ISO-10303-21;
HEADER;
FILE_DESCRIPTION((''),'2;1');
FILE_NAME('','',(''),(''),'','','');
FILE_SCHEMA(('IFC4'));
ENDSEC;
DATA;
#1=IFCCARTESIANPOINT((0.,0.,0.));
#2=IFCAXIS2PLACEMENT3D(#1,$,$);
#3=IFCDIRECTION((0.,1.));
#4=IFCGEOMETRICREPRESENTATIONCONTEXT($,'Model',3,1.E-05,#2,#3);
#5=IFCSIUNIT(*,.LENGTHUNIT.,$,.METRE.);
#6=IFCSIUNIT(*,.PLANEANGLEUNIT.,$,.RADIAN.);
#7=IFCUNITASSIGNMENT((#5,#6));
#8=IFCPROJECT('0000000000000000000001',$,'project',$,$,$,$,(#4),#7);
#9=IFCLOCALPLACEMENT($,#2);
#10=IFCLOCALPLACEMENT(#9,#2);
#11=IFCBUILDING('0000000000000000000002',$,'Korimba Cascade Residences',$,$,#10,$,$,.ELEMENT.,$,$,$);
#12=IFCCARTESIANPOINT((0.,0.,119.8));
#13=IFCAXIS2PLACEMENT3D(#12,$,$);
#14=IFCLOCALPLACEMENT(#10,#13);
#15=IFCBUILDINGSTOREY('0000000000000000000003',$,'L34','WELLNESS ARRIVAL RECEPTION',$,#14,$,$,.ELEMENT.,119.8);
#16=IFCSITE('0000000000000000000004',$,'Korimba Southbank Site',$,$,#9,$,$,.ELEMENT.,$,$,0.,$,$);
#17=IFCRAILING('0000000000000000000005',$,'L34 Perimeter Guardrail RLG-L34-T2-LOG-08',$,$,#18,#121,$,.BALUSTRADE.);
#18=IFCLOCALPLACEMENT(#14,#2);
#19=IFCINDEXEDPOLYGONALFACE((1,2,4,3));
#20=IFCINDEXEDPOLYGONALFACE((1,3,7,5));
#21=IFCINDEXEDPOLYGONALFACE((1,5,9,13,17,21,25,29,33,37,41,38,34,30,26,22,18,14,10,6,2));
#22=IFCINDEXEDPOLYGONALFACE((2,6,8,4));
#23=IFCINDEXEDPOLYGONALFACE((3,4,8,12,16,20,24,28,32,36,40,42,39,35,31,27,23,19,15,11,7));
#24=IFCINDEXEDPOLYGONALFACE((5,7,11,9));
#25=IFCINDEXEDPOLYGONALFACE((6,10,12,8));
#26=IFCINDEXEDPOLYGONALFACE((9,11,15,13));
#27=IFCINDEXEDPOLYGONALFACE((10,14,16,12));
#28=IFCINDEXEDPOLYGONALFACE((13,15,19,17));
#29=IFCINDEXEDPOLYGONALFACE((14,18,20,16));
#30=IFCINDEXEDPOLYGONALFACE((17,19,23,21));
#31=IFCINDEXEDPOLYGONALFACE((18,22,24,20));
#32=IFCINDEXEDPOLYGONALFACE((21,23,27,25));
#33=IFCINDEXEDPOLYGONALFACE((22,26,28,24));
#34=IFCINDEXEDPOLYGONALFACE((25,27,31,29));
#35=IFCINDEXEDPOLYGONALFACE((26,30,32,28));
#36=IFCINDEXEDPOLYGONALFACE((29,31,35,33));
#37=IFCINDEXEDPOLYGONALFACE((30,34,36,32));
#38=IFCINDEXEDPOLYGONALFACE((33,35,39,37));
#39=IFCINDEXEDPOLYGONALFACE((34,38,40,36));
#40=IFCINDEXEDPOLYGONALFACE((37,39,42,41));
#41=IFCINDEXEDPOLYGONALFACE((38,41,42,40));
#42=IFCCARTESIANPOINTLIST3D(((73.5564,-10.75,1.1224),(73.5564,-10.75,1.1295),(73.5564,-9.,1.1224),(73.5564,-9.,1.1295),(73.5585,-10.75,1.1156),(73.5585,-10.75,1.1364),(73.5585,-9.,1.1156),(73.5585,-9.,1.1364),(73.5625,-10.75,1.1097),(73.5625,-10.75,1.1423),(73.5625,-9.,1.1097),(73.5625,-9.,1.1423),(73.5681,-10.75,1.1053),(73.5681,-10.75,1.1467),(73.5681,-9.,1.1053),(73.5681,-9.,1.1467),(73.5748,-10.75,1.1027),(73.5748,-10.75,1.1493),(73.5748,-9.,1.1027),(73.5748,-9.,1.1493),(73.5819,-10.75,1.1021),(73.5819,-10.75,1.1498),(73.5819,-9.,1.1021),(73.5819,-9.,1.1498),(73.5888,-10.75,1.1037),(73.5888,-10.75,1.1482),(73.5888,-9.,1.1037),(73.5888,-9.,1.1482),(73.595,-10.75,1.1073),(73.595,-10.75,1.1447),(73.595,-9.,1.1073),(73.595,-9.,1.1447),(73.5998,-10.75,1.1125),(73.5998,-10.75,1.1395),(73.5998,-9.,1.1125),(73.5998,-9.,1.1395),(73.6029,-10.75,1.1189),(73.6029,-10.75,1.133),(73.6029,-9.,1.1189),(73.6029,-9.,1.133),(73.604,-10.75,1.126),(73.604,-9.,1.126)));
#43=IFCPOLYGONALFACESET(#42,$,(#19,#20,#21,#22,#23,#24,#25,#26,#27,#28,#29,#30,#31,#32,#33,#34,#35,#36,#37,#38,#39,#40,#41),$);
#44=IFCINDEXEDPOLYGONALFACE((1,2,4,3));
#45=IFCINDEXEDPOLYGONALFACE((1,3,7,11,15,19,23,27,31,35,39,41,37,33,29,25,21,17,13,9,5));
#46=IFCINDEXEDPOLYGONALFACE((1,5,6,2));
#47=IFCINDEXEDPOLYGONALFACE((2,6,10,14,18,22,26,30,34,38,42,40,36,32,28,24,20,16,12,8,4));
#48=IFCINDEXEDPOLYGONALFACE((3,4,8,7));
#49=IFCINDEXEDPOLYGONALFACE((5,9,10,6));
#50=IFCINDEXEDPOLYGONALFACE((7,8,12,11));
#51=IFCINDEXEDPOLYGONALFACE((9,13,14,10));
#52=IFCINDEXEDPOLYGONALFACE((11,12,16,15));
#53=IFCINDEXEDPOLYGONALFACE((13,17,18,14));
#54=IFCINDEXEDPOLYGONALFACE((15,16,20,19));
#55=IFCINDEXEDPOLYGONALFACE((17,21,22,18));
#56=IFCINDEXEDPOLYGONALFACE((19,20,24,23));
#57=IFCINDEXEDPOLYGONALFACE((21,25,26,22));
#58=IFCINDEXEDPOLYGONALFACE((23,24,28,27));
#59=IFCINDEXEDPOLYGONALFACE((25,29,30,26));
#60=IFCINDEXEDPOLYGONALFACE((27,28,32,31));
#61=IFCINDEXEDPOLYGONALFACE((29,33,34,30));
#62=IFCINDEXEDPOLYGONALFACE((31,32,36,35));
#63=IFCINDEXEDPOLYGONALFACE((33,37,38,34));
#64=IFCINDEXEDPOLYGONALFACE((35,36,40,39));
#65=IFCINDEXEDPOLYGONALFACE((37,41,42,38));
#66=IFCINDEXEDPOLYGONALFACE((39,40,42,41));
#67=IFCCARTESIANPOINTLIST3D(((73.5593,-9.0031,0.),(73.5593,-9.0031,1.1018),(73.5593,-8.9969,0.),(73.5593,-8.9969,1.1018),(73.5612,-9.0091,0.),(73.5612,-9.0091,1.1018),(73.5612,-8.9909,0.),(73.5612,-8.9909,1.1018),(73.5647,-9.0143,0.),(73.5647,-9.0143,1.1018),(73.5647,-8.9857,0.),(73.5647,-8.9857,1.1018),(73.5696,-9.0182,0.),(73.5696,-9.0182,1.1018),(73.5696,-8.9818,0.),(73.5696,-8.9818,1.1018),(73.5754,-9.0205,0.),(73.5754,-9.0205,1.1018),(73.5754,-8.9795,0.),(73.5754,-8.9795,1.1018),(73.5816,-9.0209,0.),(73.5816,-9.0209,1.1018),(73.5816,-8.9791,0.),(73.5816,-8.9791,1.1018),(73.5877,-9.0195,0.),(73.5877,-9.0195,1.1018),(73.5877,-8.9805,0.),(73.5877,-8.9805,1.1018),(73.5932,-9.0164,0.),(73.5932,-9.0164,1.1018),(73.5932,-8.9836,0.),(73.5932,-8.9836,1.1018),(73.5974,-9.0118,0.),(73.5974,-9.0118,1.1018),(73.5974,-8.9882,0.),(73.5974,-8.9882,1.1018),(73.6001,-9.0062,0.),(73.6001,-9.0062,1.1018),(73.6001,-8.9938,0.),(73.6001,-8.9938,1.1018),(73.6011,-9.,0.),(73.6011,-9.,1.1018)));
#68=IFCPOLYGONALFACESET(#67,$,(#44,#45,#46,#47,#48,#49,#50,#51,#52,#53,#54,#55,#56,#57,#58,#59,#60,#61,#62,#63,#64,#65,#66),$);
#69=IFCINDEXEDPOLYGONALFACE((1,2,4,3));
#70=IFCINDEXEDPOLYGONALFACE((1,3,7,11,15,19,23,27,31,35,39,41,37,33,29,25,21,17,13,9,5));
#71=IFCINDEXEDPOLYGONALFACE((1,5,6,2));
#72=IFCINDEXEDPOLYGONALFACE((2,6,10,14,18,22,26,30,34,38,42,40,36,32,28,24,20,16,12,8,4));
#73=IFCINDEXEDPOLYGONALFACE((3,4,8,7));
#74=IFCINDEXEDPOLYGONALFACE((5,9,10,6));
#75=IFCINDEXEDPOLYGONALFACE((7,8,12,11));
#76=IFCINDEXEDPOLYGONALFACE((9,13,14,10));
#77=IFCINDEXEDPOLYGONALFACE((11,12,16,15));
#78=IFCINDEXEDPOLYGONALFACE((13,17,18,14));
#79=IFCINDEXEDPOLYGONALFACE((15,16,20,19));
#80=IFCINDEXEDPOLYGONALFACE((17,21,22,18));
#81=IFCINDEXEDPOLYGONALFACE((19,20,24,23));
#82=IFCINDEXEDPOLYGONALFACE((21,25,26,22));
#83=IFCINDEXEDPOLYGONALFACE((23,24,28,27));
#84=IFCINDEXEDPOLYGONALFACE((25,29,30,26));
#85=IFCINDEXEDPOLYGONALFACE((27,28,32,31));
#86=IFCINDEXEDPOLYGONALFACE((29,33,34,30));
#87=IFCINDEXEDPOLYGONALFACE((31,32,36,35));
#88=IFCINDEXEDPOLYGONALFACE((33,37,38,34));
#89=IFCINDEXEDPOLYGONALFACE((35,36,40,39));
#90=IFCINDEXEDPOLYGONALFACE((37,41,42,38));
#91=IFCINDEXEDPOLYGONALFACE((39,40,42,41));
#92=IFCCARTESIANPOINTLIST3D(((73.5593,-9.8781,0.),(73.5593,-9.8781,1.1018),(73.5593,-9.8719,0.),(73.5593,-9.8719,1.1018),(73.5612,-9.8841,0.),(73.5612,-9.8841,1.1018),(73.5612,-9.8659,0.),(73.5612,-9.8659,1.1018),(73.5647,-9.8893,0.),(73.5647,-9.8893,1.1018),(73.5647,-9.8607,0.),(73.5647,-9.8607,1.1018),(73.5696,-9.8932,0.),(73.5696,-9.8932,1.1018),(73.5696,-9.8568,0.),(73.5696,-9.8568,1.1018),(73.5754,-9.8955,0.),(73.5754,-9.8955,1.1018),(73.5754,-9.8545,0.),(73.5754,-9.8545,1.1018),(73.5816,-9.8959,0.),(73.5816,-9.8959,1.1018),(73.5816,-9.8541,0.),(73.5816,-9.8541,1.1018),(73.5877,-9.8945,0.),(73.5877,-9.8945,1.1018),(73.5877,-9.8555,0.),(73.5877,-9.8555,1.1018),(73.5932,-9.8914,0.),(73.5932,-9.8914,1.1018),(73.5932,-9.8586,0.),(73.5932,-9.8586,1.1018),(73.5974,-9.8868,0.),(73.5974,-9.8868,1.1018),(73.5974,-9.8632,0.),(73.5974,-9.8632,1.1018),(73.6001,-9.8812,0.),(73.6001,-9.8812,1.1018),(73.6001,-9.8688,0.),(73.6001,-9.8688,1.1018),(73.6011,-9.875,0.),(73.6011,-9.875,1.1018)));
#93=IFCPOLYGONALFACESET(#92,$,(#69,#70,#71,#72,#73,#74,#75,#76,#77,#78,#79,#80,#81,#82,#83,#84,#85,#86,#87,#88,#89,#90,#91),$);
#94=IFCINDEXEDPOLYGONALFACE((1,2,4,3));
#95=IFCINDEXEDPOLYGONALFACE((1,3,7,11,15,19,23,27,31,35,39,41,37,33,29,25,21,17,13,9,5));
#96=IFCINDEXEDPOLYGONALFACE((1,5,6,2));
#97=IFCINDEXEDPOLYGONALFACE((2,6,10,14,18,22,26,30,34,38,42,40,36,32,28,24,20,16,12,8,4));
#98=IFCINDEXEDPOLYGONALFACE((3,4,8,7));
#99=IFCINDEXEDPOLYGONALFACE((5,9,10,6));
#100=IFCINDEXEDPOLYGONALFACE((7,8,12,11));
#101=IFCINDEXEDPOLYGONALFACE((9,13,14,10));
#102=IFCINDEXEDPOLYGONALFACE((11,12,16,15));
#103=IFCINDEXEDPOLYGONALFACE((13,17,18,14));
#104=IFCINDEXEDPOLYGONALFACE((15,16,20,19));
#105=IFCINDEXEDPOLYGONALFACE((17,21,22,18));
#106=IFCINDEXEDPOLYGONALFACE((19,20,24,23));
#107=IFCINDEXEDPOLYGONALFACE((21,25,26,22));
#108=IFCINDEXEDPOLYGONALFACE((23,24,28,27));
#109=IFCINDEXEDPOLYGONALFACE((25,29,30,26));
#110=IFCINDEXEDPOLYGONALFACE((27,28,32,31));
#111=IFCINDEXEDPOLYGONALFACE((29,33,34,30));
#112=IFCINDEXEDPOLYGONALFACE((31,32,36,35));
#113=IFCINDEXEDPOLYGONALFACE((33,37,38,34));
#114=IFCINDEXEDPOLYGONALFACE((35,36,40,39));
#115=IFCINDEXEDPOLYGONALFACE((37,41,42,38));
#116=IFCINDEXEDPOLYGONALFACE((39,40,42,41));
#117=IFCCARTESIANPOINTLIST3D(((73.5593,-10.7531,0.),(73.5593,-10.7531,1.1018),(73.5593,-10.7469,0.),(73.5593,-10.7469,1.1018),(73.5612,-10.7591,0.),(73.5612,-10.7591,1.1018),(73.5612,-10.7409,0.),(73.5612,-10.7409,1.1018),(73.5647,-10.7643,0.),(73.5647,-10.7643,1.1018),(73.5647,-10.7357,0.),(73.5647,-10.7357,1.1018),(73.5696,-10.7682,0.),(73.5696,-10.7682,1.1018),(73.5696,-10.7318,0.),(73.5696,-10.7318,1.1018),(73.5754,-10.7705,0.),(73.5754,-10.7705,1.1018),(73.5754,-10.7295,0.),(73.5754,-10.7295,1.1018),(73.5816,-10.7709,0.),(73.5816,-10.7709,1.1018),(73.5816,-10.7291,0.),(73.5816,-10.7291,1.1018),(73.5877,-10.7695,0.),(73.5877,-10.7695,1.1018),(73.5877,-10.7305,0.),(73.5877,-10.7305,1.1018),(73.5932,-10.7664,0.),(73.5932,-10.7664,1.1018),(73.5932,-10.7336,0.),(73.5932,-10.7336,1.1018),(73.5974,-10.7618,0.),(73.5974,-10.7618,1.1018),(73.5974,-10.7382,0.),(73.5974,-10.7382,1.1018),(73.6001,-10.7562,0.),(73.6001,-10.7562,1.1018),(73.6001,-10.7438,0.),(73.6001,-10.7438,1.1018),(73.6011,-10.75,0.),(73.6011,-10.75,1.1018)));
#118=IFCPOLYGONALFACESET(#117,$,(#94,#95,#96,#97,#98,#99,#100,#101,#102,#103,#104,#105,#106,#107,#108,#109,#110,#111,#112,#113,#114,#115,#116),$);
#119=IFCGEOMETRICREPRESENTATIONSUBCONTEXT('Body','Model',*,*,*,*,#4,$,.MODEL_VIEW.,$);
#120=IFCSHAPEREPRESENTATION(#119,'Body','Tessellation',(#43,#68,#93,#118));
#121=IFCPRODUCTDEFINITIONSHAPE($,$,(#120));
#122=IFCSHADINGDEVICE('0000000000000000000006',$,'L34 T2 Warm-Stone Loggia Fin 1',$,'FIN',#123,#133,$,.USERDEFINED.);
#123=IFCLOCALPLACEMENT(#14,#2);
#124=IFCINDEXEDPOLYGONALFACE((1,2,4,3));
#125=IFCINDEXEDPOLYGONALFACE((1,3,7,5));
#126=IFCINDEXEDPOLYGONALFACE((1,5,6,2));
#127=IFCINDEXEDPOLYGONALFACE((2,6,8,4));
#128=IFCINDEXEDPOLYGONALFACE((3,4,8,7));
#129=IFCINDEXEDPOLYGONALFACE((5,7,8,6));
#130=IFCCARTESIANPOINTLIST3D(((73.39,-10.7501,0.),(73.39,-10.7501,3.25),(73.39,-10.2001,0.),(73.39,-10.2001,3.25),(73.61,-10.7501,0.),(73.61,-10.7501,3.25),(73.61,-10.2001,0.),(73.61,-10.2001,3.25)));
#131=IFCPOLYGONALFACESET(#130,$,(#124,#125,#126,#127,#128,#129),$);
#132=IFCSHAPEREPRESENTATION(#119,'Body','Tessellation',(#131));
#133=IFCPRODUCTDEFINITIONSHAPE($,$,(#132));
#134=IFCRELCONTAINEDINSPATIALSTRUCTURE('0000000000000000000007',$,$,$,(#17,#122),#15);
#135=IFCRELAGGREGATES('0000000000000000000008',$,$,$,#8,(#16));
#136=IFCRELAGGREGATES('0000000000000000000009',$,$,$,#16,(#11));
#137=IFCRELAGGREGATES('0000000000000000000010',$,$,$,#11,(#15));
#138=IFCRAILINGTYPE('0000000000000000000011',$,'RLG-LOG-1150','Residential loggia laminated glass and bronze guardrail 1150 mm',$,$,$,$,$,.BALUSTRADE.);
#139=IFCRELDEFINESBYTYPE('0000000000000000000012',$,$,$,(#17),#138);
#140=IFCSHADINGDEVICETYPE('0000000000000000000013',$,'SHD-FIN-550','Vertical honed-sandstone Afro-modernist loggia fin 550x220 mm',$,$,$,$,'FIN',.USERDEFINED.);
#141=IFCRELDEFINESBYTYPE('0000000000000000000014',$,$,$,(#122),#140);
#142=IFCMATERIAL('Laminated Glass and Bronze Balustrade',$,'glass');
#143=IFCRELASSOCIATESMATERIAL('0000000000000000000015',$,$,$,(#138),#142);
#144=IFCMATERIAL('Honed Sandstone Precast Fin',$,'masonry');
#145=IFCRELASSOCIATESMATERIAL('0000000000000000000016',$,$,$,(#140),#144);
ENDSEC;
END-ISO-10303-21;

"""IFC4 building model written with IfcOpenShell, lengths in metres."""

from ifc_helpers import new_model, si_unit, direction, frame, origin, origin_2d, place, context, subcontext, project, spatial, rectangle, circle, extrude, material, type_object, element, save


model = new_model("IFC4")

# Units and contexts
model_context = context("Model", 3, precision=1e-05, world=origin(), true_north=direction((0.0, 1.0)))
body_context = subcontext(model_context, "Body", "Model", "MODEL_VIEW")
ifc_project = project(units=[si_unit("LENGTHUNIT", "METRE"), si_unit("PLANEANGLEUNIT", "RADIAN")], contexts=[model_context])

# Site, building, storey
site_placement = place(None, origin())
site = spatial("IfcSite", under=ifc_project, at=site_placement, Name="Korimba Southbank Site", CompositionType="ELEMENT", RefElevation=0.0)
building_placement = place(site_placement, origin())
building = spatial("IfcBuilding", under=site, at=building_placement, Name="Korimba Cascade Residences", CompositionType="ELEMENT")
storey_placement = place(building_placement, frame((0.0, 0.0, 119.8)))
storey = spatial("IfcBuildingStorey", under=building, at=storey_placement, Name="L34", Description="WELLNESS ARRIVAL RECEPTION", CompositionType="ELEMENT", Elevation=119.8)

# Railing
ifc_material_1 = material(Name="Laminated Glass and Bronze Balustrade", Category="glass")
railing_type = type_object("IfcRailingType", Name="RLG-LOG-1150", Description="Residential loggia laminated glass and bronze guardrail 1150 mm", PredefinedType="BALUSTRADE", material=ifc_material_1)
railing_placement = place(storey_placement, frame((73.5801, -9.0, 0.0)))
element("IfcRailing", 1, at=railing_placement, inside=storey, type_object=railing_type, Name="L34 Perimeter Guardrail RLG-L34-T2-LOG-08", PredefinedType="BALUSTRADE", context=body_context, shape_type="SweptSolid", body=[
    extrude(circle(Radius=0.0239, at=origin_2d()), frame((0.0, 0.0, 1.126), z_axis=(0.0, -1.0, 0.0), x_axis=(1.0, 0.0, 0.0)), (0.0, 0.0, 1.0), 1.75),
    extrude(circle(Radius=0.021, at=origin_2d()), origin(), (0.0, 0.0, 1.0), 1.1018),
    extrude(circle(Radius=0.021, at=origin_2d()), frame((0.0, -0.875, 0.0)), (0.0, 0.0, 1.0), 1.1018),
    extrude(circle(Radius=0.021, at=origin_2d()), frame((0.0, -1.75, 0.0)), (0.0, 0.0, 1.0), 1.1018),
])

# Shading device
ifc_material_2 = material(Name="Honed Sandstone Precast Fin", Category="masonry")
shading_device_type = type_object("IfcShadingDeviceType", Name="SHD-FIN-550", Description="Vertical honed-sandstone Afro-modernist loggia fin 550x220 mm", ElementType="FIN", PredefinedType="USERDEFINED", material=ifc_material_2)
shading_device_placement = place(storey_placement, frame((73.5, -10.4751, 0.0), z_axis=(0.0, 0.0, 1.0), x_axis=(1.0, 0.0, 0.0)))
element("IfcShadingDevice", 2, at=shading_device_placement, inside=storey, type_object=shading_device_type, Name="L34 T2 Warm-Stone Loggia Fin 1", ObjectType="FIN", PredefinedType="USERDEFINED", context=body_context, shape_type="SweptSolid", body=[
    extrude(rectangle(XDim=0.22, YDim=0.55, at=origin_2d()), origin(), (0.0, 0.0, 1.0), 3.25),
])

save(model, "model.ifc")
